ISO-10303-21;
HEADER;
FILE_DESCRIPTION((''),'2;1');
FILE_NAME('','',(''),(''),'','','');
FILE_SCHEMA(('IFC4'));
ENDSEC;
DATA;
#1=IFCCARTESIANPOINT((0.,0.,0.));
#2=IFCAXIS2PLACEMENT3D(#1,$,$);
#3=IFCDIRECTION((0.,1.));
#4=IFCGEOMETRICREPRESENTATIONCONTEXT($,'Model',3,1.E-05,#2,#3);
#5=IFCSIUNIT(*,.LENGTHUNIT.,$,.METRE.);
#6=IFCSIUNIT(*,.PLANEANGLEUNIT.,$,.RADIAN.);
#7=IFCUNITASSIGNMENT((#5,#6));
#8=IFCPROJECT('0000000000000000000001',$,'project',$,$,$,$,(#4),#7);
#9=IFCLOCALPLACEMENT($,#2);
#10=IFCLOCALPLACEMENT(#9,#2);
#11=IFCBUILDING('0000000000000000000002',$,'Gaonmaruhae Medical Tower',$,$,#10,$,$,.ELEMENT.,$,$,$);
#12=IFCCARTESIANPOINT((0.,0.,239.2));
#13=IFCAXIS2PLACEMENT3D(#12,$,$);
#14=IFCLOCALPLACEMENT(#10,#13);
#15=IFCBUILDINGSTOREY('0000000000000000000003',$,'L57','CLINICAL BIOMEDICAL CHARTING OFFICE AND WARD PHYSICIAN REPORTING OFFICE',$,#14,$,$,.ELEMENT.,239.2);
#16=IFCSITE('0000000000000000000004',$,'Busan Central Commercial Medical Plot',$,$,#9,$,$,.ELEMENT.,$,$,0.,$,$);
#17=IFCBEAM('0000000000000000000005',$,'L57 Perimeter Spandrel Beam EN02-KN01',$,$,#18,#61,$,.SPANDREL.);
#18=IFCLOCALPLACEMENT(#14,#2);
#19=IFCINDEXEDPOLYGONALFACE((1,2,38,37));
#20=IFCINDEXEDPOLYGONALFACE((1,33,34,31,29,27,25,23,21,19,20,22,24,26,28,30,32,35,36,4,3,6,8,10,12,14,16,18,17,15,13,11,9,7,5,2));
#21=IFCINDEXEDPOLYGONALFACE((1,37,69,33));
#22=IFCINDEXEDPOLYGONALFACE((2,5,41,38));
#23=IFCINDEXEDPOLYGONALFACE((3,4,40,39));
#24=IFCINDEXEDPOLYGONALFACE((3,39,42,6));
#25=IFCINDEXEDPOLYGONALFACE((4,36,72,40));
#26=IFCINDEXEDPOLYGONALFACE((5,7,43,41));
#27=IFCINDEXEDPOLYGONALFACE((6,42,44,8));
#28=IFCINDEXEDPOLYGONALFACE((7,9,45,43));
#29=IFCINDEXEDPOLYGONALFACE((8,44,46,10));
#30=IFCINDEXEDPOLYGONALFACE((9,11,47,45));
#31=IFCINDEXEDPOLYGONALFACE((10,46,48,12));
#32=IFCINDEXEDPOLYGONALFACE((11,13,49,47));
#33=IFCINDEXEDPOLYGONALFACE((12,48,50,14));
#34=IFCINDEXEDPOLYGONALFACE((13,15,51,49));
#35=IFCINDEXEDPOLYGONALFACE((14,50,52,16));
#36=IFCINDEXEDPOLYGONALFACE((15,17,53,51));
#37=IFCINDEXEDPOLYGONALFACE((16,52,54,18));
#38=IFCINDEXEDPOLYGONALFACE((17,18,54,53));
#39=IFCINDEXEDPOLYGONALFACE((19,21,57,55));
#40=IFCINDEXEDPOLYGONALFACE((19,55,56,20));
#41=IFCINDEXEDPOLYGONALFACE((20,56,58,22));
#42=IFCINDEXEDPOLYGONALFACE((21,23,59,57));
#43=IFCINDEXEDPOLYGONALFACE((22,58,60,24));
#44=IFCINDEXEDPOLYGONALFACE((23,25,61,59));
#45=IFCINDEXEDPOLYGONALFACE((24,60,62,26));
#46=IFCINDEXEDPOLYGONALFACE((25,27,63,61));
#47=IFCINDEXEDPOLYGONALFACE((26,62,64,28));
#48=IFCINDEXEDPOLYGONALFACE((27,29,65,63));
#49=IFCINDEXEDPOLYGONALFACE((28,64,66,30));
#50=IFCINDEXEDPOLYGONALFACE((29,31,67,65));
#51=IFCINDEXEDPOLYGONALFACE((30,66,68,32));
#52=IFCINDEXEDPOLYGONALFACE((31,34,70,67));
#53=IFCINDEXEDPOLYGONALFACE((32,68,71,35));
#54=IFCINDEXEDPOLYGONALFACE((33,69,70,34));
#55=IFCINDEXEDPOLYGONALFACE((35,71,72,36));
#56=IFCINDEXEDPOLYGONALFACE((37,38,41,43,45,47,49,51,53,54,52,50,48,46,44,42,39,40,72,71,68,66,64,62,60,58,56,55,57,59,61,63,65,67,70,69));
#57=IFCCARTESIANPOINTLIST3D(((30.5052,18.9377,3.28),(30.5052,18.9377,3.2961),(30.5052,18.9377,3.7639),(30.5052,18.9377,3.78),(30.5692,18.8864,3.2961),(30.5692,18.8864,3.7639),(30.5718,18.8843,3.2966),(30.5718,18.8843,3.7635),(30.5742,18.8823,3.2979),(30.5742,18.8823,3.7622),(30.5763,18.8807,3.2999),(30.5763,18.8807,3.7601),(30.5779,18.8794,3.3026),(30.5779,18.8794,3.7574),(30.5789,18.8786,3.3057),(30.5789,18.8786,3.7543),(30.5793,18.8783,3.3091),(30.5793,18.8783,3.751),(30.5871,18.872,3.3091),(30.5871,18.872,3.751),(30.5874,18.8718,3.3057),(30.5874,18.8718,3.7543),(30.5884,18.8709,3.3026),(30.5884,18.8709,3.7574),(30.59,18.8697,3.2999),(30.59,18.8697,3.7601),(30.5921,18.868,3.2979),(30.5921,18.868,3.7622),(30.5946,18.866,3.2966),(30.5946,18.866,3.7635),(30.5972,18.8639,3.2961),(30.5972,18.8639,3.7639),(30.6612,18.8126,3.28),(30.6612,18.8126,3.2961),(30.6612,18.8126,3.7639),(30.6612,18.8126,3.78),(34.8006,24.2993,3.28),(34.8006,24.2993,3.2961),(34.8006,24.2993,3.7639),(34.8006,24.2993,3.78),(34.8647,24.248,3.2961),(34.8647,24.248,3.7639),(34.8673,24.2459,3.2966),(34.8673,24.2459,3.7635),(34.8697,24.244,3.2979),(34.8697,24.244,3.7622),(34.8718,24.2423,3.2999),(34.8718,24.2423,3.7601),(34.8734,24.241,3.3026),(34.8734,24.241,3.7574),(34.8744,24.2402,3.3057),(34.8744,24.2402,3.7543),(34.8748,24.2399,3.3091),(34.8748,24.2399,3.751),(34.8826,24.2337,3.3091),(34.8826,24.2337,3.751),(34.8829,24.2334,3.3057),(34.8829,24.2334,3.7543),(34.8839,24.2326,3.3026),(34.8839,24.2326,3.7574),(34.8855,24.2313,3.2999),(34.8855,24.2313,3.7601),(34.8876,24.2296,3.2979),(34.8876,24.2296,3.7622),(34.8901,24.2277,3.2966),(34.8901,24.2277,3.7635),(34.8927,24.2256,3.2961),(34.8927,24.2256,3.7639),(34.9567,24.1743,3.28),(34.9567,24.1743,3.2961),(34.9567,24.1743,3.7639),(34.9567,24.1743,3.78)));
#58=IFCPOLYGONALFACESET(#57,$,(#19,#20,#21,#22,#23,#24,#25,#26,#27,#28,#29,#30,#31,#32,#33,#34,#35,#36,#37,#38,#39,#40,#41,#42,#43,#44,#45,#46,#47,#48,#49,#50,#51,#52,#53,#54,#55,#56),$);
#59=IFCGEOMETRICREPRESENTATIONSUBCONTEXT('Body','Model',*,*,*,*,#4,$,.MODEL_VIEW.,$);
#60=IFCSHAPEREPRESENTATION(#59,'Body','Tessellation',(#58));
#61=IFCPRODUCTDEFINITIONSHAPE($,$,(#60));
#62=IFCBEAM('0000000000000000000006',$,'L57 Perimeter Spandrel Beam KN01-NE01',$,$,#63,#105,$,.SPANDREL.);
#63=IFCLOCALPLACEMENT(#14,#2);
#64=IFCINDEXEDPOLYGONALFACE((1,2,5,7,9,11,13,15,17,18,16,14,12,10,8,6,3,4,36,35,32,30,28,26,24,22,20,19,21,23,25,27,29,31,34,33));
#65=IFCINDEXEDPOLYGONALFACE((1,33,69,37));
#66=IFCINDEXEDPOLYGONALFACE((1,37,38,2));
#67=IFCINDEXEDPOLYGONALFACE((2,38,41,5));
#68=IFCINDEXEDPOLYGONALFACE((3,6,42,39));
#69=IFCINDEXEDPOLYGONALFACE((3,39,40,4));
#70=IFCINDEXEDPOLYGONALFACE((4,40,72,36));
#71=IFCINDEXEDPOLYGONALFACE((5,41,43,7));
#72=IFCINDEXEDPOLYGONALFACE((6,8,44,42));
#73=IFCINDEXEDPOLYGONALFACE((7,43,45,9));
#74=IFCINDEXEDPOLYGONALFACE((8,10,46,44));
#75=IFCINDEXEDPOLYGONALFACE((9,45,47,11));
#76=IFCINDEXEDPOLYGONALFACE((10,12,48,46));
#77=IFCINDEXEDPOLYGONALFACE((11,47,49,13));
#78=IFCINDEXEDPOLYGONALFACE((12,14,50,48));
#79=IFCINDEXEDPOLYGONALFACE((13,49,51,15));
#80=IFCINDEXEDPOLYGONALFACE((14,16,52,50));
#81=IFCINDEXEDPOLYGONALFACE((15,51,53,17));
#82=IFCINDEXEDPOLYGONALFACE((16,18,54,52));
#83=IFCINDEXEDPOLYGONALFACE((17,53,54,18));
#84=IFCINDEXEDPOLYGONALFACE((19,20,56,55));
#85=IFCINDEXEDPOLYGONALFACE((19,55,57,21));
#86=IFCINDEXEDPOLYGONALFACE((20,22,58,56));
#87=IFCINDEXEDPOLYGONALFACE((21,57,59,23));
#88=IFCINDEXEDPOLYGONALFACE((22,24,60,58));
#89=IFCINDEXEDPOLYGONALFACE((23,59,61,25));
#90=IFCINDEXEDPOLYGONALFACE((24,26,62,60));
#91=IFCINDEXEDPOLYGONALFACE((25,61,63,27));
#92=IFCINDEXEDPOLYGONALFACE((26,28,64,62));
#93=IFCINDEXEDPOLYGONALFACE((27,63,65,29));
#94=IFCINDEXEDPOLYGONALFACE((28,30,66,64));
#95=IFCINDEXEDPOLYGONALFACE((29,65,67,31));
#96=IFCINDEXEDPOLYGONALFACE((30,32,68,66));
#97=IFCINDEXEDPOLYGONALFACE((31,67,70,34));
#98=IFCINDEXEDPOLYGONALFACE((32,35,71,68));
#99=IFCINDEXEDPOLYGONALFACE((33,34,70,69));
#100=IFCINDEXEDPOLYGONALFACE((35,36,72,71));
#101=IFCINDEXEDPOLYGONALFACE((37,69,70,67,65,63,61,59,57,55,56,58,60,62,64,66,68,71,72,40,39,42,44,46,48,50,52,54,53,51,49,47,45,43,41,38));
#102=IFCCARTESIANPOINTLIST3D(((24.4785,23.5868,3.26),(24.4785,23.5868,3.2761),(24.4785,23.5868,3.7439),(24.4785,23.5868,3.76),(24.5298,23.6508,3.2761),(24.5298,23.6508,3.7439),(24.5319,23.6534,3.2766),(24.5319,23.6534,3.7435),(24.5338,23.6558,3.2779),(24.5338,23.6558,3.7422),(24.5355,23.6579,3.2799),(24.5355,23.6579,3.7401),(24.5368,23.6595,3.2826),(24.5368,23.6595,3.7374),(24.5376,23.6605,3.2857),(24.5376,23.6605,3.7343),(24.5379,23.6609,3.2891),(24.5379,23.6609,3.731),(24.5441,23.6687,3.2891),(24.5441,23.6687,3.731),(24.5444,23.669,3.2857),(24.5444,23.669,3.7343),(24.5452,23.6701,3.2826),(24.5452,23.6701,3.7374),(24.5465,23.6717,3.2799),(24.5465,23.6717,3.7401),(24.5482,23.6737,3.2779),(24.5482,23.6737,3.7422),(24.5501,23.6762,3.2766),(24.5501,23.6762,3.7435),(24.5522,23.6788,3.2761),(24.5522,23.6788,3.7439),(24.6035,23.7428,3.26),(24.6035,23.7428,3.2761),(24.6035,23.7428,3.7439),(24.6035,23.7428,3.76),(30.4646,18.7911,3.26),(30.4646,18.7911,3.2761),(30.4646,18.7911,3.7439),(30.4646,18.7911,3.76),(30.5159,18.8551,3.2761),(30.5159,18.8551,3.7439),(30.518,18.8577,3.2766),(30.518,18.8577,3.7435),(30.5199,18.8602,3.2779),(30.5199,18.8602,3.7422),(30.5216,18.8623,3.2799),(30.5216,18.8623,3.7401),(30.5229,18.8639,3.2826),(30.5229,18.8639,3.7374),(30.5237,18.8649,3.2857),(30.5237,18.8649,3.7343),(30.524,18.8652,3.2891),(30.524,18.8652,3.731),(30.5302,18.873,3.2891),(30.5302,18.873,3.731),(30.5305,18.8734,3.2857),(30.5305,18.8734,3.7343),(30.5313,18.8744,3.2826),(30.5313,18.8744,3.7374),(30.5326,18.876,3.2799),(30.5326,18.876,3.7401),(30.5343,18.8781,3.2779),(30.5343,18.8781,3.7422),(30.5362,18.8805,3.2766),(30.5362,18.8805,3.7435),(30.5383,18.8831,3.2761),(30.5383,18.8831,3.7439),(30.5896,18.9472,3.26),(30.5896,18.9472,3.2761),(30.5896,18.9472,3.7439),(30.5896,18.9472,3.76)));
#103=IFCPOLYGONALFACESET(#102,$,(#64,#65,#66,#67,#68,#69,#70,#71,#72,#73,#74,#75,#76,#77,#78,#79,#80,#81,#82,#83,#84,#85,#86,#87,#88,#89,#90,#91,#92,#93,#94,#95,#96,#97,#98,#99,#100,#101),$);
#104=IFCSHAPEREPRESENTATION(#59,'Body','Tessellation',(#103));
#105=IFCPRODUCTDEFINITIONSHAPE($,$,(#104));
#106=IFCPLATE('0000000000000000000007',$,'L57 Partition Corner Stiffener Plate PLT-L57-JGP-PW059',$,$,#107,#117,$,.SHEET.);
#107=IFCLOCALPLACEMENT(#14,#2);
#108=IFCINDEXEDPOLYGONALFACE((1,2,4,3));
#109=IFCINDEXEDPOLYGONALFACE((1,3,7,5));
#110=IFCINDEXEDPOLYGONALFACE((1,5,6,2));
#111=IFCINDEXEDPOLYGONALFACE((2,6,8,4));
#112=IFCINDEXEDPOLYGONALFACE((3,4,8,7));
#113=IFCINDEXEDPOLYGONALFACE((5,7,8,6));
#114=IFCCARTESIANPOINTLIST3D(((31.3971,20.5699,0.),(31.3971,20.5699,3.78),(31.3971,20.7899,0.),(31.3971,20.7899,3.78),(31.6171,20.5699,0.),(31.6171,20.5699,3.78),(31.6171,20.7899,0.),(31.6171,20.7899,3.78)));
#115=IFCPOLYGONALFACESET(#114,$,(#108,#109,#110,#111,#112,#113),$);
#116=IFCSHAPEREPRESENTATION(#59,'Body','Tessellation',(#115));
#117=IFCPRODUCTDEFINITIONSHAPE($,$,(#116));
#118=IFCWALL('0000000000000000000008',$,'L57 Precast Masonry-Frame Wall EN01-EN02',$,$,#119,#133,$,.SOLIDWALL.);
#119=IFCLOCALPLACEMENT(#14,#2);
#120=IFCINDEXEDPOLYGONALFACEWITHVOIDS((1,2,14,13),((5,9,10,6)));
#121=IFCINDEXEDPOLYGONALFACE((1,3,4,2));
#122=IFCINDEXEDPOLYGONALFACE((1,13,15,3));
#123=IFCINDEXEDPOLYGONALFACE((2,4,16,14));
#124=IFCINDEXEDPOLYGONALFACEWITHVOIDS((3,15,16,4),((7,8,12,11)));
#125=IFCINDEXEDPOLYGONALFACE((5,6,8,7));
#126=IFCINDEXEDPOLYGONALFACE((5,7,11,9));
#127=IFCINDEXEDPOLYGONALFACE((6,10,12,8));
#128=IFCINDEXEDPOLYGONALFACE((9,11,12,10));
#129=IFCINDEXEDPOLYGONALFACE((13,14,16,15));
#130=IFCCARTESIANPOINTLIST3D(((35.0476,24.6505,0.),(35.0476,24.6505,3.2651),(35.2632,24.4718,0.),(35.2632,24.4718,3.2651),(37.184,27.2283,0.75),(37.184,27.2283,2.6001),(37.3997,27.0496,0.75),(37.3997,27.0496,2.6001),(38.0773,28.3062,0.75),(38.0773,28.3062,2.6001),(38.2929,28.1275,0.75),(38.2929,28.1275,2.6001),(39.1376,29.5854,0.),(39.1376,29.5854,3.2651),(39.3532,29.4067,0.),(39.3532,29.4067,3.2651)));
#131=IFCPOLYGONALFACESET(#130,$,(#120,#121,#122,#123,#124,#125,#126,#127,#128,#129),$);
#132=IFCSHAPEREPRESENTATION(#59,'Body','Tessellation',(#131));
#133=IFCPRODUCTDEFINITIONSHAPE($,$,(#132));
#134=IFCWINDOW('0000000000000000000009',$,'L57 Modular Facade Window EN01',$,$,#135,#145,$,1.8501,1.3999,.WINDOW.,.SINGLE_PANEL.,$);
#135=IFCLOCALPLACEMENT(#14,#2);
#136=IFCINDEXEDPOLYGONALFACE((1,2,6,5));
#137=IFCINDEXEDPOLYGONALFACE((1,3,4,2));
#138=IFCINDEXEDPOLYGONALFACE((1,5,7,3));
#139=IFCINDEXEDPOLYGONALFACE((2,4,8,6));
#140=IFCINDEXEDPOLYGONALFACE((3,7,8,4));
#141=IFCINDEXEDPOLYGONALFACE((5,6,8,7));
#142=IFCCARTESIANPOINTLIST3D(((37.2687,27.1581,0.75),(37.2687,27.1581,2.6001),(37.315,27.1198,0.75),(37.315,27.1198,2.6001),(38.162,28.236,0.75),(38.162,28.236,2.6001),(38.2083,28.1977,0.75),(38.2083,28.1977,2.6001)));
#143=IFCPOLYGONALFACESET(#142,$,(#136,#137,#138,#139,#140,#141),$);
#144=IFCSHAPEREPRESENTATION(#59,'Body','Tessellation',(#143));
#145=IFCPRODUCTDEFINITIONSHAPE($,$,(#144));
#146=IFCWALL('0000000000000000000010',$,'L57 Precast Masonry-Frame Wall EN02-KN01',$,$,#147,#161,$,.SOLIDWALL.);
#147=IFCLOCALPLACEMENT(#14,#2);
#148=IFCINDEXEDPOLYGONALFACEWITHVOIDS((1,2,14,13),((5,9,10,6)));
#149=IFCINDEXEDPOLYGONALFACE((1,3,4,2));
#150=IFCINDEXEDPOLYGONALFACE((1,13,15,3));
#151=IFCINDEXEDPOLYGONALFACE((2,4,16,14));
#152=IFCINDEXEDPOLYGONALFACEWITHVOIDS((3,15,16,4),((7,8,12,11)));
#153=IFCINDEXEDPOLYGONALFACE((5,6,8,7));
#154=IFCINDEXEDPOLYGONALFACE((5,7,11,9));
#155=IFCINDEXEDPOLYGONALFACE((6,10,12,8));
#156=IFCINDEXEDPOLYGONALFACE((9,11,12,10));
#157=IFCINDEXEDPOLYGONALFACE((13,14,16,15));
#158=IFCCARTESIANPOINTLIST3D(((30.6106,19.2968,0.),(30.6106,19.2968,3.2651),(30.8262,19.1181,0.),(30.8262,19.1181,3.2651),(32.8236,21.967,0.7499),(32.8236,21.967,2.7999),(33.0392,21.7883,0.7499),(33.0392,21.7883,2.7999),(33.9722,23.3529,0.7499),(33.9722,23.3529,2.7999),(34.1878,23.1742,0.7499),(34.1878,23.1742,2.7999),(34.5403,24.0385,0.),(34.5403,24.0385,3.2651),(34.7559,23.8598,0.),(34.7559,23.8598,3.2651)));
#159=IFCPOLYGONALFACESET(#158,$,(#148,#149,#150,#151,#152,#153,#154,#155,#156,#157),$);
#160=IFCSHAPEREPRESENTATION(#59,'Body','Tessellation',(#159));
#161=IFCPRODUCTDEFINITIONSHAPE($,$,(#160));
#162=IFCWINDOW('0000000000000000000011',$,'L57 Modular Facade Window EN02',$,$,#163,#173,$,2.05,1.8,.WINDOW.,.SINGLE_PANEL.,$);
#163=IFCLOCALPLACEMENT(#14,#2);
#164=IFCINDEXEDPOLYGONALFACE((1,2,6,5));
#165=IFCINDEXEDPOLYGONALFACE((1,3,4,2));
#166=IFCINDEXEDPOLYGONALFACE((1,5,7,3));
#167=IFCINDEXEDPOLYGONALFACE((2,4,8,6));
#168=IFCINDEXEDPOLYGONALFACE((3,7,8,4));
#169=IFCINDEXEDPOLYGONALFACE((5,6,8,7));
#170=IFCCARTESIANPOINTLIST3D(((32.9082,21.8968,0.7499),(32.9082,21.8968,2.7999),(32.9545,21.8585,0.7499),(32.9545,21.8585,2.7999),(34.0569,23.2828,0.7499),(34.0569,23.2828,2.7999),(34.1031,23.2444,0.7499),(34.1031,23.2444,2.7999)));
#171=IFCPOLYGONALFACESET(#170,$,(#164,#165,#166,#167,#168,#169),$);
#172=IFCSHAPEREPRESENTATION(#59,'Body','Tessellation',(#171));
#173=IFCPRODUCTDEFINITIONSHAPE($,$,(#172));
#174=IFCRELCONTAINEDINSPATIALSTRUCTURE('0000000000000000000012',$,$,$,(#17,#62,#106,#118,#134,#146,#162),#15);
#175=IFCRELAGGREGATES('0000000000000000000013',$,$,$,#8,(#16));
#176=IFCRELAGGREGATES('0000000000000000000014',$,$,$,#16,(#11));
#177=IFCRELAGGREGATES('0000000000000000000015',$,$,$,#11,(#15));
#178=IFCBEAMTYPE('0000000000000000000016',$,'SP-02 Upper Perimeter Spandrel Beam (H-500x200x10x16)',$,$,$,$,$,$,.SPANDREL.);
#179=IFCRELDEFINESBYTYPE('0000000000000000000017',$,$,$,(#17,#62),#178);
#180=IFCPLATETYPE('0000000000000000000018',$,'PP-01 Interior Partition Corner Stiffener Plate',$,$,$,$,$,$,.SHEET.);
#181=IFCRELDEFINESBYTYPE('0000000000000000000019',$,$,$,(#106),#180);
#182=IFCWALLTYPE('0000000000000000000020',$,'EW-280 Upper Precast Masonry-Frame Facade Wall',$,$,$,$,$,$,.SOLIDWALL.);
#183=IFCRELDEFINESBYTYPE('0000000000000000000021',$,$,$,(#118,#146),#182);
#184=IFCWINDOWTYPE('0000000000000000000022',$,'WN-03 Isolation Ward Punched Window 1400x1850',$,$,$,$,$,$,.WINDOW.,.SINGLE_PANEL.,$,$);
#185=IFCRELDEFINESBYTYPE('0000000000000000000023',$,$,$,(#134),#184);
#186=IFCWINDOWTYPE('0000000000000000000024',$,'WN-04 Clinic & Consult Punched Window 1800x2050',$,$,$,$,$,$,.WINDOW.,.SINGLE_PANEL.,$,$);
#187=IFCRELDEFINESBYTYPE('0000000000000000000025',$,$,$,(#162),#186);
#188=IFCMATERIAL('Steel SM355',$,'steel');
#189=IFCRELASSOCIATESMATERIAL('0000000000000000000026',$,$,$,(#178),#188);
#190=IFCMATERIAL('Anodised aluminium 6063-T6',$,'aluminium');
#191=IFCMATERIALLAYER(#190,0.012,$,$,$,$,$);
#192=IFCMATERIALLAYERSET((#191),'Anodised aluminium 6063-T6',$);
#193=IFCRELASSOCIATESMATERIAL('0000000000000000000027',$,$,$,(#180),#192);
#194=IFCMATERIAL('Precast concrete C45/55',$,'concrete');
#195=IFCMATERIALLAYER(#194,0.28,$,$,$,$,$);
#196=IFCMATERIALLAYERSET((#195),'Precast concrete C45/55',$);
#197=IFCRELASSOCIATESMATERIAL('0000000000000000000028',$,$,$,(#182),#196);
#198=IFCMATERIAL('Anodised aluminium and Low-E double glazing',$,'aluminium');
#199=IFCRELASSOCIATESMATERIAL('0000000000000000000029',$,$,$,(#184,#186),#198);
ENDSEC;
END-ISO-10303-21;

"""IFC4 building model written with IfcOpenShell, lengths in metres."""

from ifc_helpers import new_model, si_unit, direction, frame, frame_2d, origin, origin_2d, place, context, subcontext, project, spatial, rectangle, i_section, extrude, material, layer, layer_set, material_profile, profile_set, type_object, element, fill, save


model = new_model("IFC4")

# Units and contexts
model_context = context("Model", 3, precision=1e-05, world=origin(), true_north=direction((0.0, 1.0)))
body_context = subcontext(model_context, "Body", "Model", "MODEL_VIEW")
ifc_project = project(units=[si_unit("LENGTHUNIT", "METRE"), si_unit("PLANEANGLEUNIT", "RADIAN")], contexts=[model_context])

# Site, building, storey
site_placement = place(None, origin())
site = spatial("IfcSite", under=ifc_project, at=site_placement, Name="Busan Central Commercial Medical Plot", CompositionType="ELEMENT", RefElevation=0.0)
building_placement = place(site_placement, origin())
building = spatial("IfcBuilding", under=site, at=building_placement, Name="Gaonmaruhae Medical Tower", CompositionType="ELEMENT")
storey_placement = place(building_placement, frame((0.0, 0.0, 239.2)))
storey = spatial("IfcBuildingStorey", under=building, at=storey_placement, Name="L57", Description="CLINICAL BIOMEDICAL CHARTING OFFICE AND WARD PHYSICIAN REPORTING OFFICE", CompositionType="ELEMENT", Elevation=239.2)

# Beams
ifc_material_1 = material(Name="Steel SM355", Category="steel")
ifc_material_profile_1 = material_profile(ifc_material_1, i_section(OverallWidth=0.2, OverallDepth=0.5, WebThickness=0.01, FlangeThickness=0.0161, FilletRadius=0.0129, at=origin_2d()), Name="H-500x200x10x16")
ifc_profile_set_1 = profile_set([ifc_material_profile_1], Name="Steel SM355")
beam_type_1 = type_object("IfcBeamType", Name="SP-02 Upper Perimeter Spandrel Beam (H-500x200x10x16)", PredefinedType="SPANDREL", material=ifc_profile_set_1)
beam_1_placement = place(storey_placement, frame((34.8787, 24.2368, 3.53), z_axis=(-0.625241, -0.780432, 0.0), x_axis=(0.780432, -0.625241, 0.0)))
element("IfcBeam", 1, at=beam_1_placement, inside=storey, type_object=beam_type_1, Name="L57 Perimeter Spandrel Beam EN02-KN01", PredefinedType="SPANDREL", context=body_context, shape_type="SweptSolid", body=[
    extrude(i_section(OverallWidth=0.2, OverallDepth=0.5, WebThickness=0.01, FlangeThickness=0.0161, FilletRadius=0.0129, at=origin_2d()), origin(), (0.0, 0.0, 1.0), 6.8701),
])
beam_2_placement = place(storey_placement, frame((30.5271, 18.8691, 3.51), z_axis=(-0.780437, 0.625234, 0.0), x_axis=(-0.625234, -0.780437, 0.0)))
element("IfcBeam", 2, at=beam_2_placement, inside=storey, type_object=beam_type_1, Name="L57 Perimeter Spandrel Beam KN01-NE01", PredefinedType="SPANDREL", context=body_context, shape_type="SweptSolid", body=[
    extrude(i_section(OverallWidth=0.2, OverallDepth=0.5, WebThickness=0.01, FlangeThickness=0.0161, FilletRadius=0.0129, at=origin_2d()), origin(), (0.0, 0.0, 1.0), 7.6702),
])

# Plate
ifc_material_2 = material(Name="Anodised aluminium 6063-T6", Category="aluminium")
ifc_layer_1 = layer(ifc_material_2, 0.012)
ifc_layer_set_1 = layer_set([ifc_layer_1], Name="Anodised aluminium 6063-T6")
plate_type = type_object("IfcPlateType", Name="PP-01 Interior Partition Corner Stiffener Plate", PredefinedType="SHEET", material=ifc_layer_set_1)
plate_placement = place(storey_placement, frame((31.5071, 20.6799, 0.0), z_axis=(0.0, 0.0, 1.0), x_axis=(-1.0, 0.0, 0.0)))
element("IfcPlate", 3, at=plate_placement, inside=storey, type_object=plate_type, Name="L57 Partition Corner Stiffener Plate PLT-L57-JGP-PW059", PredefinedType="SHEET", context=body_context, shape_type="SweptSolid", body=[
    extrude(rectangle(XDim=0.22, YDim=0.22, at=origin_2d()), origin(), (0.0, 0.0, 1.0), 3.78),
])

# Walls, openings, windows
ifc_material_3 = material(Name="Precast concrete C45/55", Category="concrete")
ifc_layer_2 = layer(ifc_material_3, 0.28)
ifc_layer_set_2 = layer_set([ifc_layer_2], Name="Precast concrete C45/55")
wall_type_1 = type_object("IfcWallType", Name="EW-280 Upper Precast Masonry-Frame Facade Wall", PredefinedType="SOLIDWALL", material=ifc_layer_set_2)
wall_1_placement = place(storey_placement, frame((35.1555, 24.5613, 0.0), z_axis=(0.0, 0.0, 1.0), x_axis=(0.63811, 0.769945, 0.0)))
wall_1 = element("IfcWall", 4, at=wall_1_placement, inside=storey, type_object=wall_type_1, Name="L57 Precast Masonry-Frame Wall EN01-EN02", PredefinedType="SOLIDWALL", context=body_context, shape_type="SweptSolid", body=[
    extrude(rectangle(XDim=6.4094, YDim=0.28, at=frame_2d((3.2046, 0.0))), origin(), (0.0, 0.0, 1.0), 3.2651),
])
opening_1_placement = place(wall_1_placement, frame((3.3479, 0.0, 0.75)))
opening_1 = element("IfcOpeningElement", 5, at=opening_1_placement, cuts=wall_1, PredefinedType="OPENING", context=body_context, shape_type="SweptSolid", body=[
    extrude(rectangle(XDim=1.3999, YDim=1.8501, at=frame_2d((0.7, 0.925))), frame((0.0, 0.1499, 0.0), z_axis=(0.0, -1.0, 0.0), x_axis=(1.0, 0.0, 0.0)), (0.0, 0.0, 1.0), 0.3),
])
ifc_material_4 = material(Name="Anodised aluminium and Low-E double glazing", Category="aluminium")
window_type_1 = type_object("IfcWindowType", Name="WN-03 Isolation Ward Punched Window 1400x1850", PartitioningType="SINGLE_PANEL", PredefinedType="WINDOW", material=ifc_material_4)
window_1_placement = place(opening_1_placement, origin())
window_1 = element("IfcWindow", 6, at=window_1_placement, inside=storey, type_object=window_type_1, Name="L57 Modular Facade Window EN01", OverallHeight=1.8501, OverallWidth=1.3999, PartitioningType="SINGLE_PANEL", PredefinedType="WINDOW", context=body_context, shape_type="SweptSolid", body=[
    extrude(rectangle(XDim=1.3999, YDim=1.8501, at=frame_2d((0.7, 0.925))), frame((0.0, 0.03, 0.0), z_axis=(0.0, -1.0, 0.0), x_axis=(1.0, 0.0, 0.0)), (0.0, 0.0, 1.0), 0.0601),
])
fill(opening_1, window_1)
wall_2_placement = place(storey_placement, frame((30.7185, 19.2075, 0.0), z_axis=(0.0, 0.0, 1.0), x_axis=(0.6381, 0.769954, 0.0)))
wall_2 = element("IfcWall", 7, at=wall_2_placement, inside=storey, type_object=wall_type_1, Name="L57 Precast Masonry-Frame Wall EN02-KN01", PredefinedType="SOLIDWALL", context=body_context, shape_type="SweptSolid", body=[
    extrude(rectangle(XDim=6.1584, YDim=0.28, at=frame_2d((3.0791, 0.0))), origin(), (0.0, 0.0, 1.0), 3.2651),
])
opening_2_placement = place(wall_2_placement, frame((3.468, 0.0, 0.75)))
opening_2 = element("IfcOpeningElement", 8, at=opening_2_placement, cuts=wall_2, PredefinedType="OPENING", context=body_context, shape_type="SweptSolid", body=[
    extrude(rectangle(XDim=1.8, YDim=2.05, at=frame_2d((0.8999, 1.0249))), frame((0.0, 0.1499, 0.0), z_axis=(0.0, -1.0, 0.0), x_axis=(1.0, 0.0, 0.0)), (0.0, 0.0, 1.0), 0.3),
])
window_type_2 = type_object("IfcWindowType", Name="WN-04 Clinic & Consult Punched Window 1800x2050", PartitioningType="SINGLE_PANEL", PredefinedType="WINDOW", material=ifc_material_4)
window_2_placement = place(opening_2_placement, origin())
window_2 = element("IfcWindow", 9, at=window_2_placement, inside=storey, type_object=window_type_2, Name="L57 Modular Facade Window EN02", OverallHeight=2.05, OverallWidth=1.8, PartitioningType="SINGLE_PANEL", PredefinedType="WINDOW", context=body_context, shape_type="SweptSolid", body=[
    extrude(rectangle(XDim=1.8, YDim=2.05, at=frame_2d((0.8999, 1.0249))), frame((0.0, 0.03, 0.0), z_axis=(0.0, -1.0, 0.0), x_axis=(1.0, 0.0, 0.0)), (0.0, 0.0, 1.0), 0.0601),
])
fill(opening_2, window_2)

save(model, "model.ifc")
